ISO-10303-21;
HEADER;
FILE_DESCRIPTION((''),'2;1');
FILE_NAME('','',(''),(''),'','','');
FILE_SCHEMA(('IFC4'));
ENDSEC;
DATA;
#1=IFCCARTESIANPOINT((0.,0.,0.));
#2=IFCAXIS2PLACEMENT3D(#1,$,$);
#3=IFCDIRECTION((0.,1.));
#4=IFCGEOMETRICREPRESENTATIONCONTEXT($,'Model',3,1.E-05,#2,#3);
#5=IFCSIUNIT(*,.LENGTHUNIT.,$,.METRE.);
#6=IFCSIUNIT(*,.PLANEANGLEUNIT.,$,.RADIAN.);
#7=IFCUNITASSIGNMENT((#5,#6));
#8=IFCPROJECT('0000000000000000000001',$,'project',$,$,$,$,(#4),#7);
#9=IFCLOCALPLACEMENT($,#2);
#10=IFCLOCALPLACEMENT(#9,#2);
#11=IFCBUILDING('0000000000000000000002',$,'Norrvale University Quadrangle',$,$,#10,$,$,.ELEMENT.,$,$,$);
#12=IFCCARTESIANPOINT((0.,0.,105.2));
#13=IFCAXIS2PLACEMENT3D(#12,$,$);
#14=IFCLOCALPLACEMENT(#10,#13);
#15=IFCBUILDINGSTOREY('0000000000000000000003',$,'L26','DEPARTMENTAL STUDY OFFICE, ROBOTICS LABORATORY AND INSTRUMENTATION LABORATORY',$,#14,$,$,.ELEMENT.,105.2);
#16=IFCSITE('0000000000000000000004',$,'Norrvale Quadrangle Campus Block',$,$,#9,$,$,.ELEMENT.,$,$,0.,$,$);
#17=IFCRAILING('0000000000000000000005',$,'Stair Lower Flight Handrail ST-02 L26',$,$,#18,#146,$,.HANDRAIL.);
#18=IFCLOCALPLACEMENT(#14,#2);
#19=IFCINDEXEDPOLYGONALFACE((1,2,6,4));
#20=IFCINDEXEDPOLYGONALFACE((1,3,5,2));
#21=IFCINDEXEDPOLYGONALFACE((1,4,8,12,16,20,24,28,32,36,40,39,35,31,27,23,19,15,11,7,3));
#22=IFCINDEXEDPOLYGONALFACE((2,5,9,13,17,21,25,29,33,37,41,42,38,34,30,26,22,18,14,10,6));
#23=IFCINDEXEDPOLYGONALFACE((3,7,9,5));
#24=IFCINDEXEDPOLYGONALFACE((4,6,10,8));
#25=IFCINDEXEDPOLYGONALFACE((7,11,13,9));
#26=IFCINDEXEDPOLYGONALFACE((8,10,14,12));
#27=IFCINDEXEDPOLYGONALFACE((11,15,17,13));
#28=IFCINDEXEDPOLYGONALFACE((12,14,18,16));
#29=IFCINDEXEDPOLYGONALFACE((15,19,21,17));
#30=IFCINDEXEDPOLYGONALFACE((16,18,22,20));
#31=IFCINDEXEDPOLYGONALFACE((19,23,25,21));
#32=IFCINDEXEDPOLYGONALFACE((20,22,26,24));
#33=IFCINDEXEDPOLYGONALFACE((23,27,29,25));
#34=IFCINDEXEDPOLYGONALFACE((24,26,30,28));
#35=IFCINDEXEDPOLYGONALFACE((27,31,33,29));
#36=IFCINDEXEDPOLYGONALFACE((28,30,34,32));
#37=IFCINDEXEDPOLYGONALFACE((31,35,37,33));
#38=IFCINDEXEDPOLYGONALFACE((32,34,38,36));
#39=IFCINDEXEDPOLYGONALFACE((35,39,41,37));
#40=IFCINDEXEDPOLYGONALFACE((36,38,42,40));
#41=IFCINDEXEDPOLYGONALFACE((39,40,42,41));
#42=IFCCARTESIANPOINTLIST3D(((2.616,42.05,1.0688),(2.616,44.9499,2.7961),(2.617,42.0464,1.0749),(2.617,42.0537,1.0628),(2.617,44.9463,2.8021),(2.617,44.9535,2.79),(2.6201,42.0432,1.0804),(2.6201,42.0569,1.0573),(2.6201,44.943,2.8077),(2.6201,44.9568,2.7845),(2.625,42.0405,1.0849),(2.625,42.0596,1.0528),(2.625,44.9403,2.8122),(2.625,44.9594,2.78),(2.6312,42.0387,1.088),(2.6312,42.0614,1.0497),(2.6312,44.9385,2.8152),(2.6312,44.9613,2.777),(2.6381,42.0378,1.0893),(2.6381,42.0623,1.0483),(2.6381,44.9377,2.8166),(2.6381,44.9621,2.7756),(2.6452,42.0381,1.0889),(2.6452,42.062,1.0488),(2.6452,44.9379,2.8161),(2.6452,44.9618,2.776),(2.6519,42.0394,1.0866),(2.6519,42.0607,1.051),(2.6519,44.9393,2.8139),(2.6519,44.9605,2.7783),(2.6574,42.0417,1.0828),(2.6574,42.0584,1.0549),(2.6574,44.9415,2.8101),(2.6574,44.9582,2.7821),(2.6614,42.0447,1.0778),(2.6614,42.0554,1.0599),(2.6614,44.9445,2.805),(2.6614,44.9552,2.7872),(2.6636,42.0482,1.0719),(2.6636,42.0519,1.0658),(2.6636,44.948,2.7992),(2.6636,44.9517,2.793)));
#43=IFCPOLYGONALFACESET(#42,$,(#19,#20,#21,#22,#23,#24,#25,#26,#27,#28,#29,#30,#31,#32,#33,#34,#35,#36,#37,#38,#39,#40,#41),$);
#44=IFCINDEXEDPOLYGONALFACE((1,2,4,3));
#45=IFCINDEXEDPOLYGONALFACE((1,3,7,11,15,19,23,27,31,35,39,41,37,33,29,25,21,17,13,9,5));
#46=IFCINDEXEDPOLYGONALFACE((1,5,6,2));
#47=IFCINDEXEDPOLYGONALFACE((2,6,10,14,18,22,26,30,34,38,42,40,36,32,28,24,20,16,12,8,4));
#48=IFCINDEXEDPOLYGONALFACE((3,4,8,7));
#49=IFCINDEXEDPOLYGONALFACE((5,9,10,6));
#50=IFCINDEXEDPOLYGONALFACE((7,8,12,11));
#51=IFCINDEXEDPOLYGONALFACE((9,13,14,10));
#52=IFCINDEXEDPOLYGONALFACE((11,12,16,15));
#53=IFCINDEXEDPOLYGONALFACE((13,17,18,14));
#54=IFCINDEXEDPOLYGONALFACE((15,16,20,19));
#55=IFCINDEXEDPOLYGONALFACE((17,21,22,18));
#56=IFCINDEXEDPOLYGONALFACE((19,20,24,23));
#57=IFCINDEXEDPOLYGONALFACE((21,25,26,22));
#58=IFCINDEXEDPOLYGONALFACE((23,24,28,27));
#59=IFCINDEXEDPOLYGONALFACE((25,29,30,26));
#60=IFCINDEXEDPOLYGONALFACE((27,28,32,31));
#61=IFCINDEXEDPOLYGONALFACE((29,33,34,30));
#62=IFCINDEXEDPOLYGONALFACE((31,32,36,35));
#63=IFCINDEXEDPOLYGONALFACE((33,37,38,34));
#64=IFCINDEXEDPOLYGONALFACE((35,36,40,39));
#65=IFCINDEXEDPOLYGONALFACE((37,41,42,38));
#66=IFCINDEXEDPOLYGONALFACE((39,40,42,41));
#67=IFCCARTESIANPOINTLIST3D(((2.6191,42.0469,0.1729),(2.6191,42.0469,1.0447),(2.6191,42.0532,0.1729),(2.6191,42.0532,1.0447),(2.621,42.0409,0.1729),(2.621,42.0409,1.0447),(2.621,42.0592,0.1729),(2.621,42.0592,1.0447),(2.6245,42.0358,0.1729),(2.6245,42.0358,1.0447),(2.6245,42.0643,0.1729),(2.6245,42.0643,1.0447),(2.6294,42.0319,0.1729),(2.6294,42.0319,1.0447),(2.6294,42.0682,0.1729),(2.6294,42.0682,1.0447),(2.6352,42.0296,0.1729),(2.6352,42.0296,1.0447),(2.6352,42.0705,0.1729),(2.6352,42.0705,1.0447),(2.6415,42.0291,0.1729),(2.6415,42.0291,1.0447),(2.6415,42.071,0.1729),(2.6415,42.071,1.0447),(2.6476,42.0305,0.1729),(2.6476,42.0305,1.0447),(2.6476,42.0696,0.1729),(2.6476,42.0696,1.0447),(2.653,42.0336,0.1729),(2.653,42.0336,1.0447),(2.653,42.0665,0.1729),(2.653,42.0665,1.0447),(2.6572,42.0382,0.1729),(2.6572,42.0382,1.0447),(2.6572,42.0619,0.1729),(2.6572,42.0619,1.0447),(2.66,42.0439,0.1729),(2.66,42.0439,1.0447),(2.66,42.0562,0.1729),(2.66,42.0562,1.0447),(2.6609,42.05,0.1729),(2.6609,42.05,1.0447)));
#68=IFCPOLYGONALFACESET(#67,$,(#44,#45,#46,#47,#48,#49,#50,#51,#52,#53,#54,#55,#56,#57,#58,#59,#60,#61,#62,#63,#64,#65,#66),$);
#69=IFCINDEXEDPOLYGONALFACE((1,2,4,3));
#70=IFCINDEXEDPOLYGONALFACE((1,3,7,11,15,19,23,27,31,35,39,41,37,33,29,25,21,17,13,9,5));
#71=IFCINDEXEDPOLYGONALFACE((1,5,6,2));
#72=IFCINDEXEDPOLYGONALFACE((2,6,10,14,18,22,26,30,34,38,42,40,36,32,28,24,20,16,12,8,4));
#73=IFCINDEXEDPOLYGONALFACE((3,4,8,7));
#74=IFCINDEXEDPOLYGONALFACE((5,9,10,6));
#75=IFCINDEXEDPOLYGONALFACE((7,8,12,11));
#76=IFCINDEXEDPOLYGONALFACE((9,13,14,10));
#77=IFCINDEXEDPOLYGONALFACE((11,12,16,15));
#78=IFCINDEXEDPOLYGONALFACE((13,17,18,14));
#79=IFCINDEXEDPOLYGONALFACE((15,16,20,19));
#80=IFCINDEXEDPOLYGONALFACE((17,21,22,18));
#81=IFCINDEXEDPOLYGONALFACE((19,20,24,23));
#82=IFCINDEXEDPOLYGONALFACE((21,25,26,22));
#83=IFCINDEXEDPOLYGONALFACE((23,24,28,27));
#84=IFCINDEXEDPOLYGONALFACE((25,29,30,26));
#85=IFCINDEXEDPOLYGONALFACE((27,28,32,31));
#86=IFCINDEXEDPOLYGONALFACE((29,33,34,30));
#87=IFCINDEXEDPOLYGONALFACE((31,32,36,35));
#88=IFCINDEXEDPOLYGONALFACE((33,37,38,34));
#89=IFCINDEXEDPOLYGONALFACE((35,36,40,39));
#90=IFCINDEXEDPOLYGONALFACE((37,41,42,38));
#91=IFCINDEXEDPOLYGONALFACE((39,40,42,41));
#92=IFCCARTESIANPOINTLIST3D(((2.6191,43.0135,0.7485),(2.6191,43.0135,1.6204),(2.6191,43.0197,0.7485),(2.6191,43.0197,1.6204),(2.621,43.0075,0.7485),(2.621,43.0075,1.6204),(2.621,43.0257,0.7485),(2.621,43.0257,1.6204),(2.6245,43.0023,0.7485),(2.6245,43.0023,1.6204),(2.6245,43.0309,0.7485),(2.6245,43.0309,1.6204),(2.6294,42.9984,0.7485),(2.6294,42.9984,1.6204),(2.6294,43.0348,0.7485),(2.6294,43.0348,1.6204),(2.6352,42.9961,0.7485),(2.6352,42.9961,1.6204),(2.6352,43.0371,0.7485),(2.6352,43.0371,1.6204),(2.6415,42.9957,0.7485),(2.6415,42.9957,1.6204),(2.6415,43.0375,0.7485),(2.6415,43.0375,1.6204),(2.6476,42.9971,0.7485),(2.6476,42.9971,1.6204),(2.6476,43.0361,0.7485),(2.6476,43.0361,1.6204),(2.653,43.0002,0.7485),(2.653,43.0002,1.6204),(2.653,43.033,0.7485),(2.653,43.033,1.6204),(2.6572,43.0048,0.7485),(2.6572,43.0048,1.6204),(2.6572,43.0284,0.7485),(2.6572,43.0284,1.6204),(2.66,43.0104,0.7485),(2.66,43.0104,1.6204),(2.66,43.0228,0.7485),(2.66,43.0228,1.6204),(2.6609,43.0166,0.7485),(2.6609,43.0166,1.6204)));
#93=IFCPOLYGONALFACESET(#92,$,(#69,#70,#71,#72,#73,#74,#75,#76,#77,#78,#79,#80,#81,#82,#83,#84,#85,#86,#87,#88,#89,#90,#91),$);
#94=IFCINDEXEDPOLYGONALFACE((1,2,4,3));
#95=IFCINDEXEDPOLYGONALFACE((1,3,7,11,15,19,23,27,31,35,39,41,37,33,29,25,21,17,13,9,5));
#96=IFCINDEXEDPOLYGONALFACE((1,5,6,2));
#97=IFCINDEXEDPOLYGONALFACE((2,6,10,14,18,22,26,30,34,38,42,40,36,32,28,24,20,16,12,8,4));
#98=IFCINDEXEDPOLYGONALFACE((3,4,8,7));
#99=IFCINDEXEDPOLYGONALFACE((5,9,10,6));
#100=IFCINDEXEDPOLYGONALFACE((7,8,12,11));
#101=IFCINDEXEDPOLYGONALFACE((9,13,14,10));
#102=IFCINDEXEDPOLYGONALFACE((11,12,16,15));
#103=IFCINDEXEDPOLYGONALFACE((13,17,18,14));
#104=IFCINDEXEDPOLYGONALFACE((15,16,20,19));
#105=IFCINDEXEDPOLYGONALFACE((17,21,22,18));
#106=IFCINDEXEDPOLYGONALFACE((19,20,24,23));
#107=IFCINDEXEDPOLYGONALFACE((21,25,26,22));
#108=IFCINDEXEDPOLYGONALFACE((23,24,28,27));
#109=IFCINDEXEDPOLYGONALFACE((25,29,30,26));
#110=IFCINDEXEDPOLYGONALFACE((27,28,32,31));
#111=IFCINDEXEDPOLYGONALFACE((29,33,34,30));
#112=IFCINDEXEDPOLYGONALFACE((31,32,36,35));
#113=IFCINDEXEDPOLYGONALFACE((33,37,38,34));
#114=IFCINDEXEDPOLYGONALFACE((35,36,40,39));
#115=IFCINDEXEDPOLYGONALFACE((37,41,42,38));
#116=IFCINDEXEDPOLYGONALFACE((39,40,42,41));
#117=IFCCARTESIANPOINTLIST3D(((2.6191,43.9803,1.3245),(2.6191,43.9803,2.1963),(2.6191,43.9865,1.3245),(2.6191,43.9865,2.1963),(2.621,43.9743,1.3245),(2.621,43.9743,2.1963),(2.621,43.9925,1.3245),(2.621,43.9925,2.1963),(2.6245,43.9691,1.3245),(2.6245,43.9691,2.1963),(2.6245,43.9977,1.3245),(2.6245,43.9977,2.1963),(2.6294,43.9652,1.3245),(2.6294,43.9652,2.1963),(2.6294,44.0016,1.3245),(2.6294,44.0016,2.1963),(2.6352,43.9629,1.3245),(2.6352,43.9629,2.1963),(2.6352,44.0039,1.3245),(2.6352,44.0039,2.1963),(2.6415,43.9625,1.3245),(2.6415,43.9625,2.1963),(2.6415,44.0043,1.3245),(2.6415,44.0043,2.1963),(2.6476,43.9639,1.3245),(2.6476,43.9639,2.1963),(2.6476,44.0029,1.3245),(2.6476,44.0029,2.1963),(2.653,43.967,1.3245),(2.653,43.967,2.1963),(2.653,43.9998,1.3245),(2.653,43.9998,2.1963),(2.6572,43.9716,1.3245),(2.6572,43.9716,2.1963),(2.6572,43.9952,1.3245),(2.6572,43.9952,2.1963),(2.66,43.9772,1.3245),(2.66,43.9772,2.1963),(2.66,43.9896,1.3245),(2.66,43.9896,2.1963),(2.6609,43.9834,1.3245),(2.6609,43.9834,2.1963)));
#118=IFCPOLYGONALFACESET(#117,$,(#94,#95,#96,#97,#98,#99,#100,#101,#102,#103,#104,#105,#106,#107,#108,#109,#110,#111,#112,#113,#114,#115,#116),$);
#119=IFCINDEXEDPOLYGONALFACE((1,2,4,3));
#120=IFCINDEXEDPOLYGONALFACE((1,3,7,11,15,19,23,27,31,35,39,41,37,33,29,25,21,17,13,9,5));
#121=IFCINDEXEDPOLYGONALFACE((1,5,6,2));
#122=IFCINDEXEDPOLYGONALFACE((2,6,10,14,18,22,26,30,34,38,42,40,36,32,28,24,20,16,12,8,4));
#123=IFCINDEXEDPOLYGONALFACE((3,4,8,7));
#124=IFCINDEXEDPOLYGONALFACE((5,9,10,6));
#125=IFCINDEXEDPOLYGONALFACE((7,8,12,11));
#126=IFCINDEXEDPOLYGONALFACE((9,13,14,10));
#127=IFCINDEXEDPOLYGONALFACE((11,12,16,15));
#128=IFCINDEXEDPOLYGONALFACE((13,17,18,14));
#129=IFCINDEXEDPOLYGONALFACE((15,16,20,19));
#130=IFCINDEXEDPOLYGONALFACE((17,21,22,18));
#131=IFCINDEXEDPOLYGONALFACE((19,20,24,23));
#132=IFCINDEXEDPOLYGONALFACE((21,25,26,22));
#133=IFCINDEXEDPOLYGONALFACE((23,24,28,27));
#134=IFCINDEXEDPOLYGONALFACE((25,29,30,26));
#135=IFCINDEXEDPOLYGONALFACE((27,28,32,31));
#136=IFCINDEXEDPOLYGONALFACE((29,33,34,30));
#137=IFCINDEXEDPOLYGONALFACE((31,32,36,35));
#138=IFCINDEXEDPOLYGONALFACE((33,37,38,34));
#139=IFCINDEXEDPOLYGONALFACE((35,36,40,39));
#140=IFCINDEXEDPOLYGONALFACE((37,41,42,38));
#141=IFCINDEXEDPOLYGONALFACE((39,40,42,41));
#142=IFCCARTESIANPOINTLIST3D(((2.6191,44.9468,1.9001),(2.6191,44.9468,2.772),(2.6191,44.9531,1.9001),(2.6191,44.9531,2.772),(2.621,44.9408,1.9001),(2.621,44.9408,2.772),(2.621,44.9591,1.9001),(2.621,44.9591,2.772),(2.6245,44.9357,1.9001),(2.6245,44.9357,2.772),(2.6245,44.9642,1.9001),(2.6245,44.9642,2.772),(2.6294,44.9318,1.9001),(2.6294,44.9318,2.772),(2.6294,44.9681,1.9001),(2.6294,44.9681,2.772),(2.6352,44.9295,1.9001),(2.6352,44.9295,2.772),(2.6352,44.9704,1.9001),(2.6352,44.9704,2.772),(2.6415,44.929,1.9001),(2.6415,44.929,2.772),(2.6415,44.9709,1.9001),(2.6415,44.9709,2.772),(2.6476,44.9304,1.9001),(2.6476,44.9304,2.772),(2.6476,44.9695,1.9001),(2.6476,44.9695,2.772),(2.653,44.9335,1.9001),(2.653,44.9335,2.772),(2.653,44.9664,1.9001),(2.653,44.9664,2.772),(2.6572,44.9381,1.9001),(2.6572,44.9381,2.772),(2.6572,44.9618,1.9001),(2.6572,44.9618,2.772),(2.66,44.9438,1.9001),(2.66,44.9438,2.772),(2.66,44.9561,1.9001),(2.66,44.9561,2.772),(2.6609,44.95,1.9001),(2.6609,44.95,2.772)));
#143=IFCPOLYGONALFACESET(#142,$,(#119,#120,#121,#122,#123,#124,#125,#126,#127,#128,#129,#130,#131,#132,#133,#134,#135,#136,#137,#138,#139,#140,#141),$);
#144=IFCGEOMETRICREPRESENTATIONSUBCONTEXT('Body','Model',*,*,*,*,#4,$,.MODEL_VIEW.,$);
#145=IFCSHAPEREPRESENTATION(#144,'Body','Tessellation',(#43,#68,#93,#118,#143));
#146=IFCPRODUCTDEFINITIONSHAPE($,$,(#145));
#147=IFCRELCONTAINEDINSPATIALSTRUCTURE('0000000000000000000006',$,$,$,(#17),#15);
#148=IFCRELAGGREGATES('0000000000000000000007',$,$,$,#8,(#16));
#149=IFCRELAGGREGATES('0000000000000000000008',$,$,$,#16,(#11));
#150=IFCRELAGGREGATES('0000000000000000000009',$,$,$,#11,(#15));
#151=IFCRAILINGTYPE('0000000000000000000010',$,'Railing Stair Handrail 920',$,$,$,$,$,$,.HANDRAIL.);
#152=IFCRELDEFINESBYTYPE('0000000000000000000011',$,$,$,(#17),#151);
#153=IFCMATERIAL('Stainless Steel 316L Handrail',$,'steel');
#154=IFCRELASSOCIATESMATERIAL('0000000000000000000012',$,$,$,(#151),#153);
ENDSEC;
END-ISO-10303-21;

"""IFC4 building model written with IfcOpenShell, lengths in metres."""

from ifc_helpers import new_model, si_unit, direction, frame, origin, origin_2d, place, context, subcontext, project, spatial, circle, extrude, material, type_object, element, save


model = new_model("IFC4")

# Units and contexts
model_context = context("Model", 3, precision=1e-05, world=origin(), true_north=direction((0.0, 1.0)))
body_context = subcontext(model_context, "Body", "Model", "MODEL_VIEW")
ifc_project = project(units=[si_unit("LENGTHUNIT", "METRE"), si_unit("PLANEANGLEUNIT", "RADIAN")], contexts=[model_context])

# Site, building, storey
site_placement = place(None, origin())
site = spatial("IfcSite", under=ifc_project, at=site_placement, Name="Norrvale Quadrangle Campus Block", CompositionType="ELEMENT", RefElevation=0.0)
building_placement = place(site_placement, origin())
building = spatial("IfcBuilding", under=site, at=building_placement, Name="Norrvale University Quadrangle", CompositionType="ELEMENT")
storey_placement = place(building_placement, frame((0.0, 0.0, 105.2)))
storey = spatial("IfcBuildingStorey", under=building, at=storey_placement, Name="L26", Description="DEPARTMENTAL STUDY OFFICE, ROBOTICS LABORATORY AND INSTRUMENTATION LABORATORY", CompositionType="ELEMENT", Elevation=105.2)

# Railing
ifc_material_1 = material(Name="Stainless Steel 316L Handrail", Category="steel")
railing_type_1 = type_object("IfcRailingType", Name="Railing Stair Handrail 920", PredefinedType="HANDRAIL", material=ifc_material_1)
railing_1_placement = place(storey_placement, frame((2.6399, 42.05, 0.1729)))
element("IfcRailing", 1, at=railing_1_placement, inside=storey, type_object=railing_type_1, Name="Stair Lower Flight Handrail ST-02 L26", PredefinedType="HANDRAIL", context=body_context, shape_type="SweptSolid", body=[
    extrude(circle(Radius=0.0239, at=origin_2d()), frame((0.0, 0.0, 0.896), z_axis=(0.0, 0.859141, 0.511738), x_axis=(-1.0, 0.0, 0.0)), (0.0, 0.0, 1.0), 3.3752),
    extrude(circle(Radius=0.021, at=origin_2d()), origin(), (0.0, 0.0, 1.0), 0.8718),
    extrude(circle(Radius=0.021, at=origin_2d()), frame((0.0, 0.9666, 0.5757)), (0.0, 0.0, 1.0), 0.8718),
    extrude(circle(Radius=0.021, at=origin_2d()), frame((0.0, 1.9333, 1.1516)), (0.0, 0.0, 1.0), 0.8718),
    extrude(circle(Radius=0.021, at=origin_2d()), frame((0.0, 2.8999, 1.7273)), (0.0, 0.0, 1.0), 0.8718),
])

save(model, "model.ifc")
